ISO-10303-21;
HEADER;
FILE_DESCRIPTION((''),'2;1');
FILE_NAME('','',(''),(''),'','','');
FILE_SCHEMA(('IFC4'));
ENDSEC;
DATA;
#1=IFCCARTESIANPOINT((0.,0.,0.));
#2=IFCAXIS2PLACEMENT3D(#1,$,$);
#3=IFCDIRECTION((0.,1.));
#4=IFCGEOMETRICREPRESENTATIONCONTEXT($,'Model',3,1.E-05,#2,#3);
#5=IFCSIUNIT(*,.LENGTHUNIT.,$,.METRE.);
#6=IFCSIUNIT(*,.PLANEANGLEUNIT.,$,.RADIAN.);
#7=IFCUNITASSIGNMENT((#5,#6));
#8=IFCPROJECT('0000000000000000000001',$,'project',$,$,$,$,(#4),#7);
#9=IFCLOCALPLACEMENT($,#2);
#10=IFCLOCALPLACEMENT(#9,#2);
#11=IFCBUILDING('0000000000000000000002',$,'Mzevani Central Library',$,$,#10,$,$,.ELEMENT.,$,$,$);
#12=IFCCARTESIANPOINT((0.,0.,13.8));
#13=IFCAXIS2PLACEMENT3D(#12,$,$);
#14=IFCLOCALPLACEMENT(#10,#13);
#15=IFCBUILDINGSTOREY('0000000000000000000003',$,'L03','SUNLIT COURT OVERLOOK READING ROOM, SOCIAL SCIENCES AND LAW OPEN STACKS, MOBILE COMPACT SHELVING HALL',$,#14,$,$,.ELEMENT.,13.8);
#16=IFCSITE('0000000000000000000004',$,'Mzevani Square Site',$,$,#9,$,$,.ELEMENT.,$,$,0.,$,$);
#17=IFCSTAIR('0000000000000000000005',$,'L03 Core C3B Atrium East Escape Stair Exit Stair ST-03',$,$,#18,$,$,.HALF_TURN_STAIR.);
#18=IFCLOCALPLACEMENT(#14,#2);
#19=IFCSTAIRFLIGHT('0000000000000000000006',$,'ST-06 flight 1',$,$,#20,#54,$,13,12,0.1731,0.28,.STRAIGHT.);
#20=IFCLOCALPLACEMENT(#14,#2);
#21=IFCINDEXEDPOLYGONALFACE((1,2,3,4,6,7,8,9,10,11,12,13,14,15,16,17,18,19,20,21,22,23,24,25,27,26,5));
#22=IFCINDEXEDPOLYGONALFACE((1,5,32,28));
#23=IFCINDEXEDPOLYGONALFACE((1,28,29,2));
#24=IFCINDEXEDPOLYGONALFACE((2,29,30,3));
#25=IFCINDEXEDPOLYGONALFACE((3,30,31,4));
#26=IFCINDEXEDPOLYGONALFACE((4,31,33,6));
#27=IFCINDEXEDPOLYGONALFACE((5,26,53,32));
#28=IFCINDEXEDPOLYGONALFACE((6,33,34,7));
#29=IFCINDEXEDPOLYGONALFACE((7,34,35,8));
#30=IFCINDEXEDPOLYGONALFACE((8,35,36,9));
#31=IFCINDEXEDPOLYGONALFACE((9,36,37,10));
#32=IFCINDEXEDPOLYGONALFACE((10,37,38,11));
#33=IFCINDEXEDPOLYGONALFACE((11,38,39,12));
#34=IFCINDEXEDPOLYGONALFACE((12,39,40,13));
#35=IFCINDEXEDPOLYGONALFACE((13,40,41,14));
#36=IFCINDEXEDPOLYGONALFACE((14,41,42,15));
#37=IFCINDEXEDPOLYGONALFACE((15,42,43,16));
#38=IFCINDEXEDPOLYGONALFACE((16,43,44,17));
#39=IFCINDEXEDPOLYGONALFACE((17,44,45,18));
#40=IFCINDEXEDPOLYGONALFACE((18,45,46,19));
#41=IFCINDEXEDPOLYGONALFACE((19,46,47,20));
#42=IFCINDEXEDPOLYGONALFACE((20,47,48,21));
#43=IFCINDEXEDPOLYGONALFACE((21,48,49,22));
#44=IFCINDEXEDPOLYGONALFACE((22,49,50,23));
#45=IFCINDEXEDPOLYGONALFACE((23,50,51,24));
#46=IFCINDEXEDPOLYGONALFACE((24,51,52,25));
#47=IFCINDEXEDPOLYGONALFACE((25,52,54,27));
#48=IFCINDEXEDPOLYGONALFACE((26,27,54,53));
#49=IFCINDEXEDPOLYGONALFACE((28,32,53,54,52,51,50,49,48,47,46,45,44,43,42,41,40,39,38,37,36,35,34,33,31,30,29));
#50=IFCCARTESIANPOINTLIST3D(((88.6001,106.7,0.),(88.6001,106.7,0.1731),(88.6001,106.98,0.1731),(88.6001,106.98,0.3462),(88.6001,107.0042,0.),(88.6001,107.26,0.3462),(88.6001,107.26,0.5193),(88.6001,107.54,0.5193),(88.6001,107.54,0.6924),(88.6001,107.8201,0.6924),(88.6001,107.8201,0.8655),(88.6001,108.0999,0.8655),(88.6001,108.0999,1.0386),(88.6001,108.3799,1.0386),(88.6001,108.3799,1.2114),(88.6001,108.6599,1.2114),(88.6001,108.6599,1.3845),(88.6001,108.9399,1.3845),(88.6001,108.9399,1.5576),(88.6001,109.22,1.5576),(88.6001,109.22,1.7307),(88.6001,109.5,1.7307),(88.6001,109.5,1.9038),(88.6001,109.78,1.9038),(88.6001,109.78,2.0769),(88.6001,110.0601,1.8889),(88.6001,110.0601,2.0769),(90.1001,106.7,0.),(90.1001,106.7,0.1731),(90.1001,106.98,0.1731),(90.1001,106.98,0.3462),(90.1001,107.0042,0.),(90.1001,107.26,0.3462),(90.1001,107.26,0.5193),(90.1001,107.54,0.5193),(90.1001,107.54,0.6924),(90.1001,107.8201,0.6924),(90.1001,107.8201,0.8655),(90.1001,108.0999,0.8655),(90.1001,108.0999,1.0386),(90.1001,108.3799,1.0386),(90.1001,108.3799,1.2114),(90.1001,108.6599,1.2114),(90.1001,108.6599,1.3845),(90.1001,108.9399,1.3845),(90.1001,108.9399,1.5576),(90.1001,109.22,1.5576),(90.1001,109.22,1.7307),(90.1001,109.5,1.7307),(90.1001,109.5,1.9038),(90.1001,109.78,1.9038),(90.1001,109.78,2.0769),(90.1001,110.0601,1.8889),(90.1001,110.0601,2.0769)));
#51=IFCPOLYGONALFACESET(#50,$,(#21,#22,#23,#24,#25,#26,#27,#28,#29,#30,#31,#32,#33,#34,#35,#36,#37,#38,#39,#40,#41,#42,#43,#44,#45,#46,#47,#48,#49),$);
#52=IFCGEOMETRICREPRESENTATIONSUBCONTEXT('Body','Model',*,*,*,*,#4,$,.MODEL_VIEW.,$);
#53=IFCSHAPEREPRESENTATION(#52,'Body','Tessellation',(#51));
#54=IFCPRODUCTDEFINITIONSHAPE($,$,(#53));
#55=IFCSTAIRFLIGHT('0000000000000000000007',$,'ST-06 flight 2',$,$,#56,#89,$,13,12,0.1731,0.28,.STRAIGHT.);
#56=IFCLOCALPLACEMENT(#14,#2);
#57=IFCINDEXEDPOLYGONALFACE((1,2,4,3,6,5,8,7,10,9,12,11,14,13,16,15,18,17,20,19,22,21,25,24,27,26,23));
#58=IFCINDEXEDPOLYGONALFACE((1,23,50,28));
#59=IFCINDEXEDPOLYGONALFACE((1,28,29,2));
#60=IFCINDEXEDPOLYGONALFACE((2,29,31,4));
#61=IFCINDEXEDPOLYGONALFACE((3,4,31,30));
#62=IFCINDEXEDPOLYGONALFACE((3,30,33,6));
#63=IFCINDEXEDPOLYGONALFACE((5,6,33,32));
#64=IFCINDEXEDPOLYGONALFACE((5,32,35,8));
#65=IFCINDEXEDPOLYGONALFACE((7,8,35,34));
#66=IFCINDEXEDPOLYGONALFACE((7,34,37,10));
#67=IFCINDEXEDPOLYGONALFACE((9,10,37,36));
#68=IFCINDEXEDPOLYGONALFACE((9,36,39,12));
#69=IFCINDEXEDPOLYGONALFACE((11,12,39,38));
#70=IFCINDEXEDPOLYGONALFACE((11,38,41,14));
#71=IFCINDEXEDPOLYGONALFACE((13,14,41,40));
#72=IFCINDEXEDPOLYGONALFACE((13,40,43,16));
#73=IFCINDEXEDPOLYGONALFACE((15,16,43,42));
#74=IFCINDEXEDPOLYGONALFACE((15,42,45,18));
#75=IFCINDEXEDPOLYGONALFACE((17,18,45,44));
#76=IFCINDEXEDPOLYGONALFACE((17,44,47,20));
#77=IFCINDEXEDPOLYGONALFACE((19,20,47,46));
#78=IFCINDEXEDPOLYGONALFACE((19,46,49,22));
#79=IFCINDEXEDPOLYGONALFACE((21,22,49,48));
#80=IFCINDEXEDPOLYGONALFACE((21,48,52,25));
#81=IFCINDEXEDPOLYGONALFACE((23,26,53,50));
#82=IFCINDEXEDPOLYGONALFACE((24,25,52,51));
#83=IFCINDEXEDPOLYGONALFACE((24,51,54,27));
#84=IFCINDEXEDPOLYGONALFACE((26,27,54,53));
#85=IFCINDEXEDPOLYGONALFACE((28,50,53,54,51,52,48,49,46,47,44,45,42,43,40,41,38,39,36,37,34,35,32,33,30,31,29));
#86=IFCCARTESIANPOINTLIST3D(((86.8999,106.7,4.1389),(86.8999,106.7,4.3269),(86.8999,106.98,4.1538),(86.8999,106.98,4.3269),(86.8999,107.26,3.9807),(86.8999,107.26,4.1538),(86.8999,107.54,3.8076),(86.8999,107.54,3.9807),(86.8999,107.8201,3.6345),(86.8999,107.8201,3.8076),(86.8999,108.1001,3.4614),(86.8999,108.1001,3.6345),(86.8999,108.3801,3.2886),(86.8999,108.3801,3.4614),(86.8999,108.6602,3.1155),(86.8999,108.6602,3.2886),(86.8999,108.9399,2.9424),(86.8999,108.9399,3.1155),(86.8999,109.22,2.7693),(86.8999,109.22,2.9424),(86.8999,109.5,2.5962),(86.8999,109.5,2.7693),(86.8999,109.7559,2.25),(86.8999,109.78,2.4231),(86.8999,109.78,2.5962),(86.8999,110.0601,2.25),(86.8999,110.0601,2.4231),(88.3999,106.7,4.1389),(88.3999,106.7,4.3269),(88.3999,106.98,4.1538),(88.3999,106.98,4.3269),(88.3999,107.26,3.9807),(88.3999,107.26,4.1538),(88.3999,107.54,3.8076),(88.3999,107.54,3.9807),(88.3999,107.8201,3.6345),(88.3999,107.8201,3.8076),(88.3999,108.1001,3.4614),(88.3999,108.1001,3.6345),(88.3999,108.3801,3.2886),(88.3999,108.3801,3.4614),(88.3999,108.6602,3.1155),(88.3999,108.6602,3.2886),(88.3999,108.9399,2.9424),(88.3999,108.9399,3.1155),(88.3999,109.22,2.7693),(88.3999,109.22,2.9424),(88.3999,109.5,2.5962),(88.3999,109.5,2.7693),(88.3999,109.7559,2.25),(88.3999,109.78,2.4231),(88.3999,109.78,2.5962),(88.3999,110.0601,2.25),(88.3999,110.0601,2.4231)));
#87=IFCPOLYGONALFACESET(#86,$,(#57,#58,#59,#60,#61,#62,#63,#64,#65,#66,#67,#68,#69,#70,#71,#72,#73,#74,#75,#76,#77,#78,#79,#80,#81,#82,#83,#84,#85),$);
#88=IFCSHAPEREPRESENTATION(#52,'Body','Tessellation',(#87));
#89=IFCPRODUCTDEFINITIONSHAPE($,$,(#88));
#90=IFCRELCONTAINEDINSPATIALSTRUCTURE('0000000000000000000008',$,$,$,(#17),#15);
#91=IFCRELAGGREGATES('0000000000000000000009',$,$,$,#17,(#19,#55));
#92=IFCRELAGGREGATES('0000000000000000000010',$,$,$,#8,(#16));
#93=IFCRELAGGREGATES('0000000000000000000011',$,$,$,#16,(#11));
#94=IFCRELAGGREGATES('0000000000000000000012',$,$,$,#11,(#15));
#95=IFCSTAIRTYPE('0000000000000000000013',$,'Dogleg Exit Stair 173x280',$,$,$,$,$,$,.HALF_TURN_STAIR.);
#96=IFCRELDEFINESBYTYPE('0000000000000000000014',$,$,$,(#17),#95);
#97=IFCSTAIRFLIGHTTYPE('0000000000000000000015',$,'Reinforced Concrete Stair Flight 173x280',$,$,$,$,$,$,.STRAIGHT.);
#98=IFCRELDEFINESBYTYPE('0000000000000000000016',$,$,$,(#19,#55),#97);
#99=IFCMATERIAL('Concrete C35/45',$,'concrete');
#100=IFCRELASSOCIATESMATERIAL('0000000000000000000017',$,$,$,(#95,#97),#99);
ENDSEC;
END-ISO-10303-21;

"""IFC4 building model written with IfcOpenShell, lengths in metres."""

from ifc_helpers import new_model, si_unit, direction, frame, origin, place, context, subcontext, project, spatial, polyline, outline, extrude, material, type_object, element, aggregate, save


model = new_model("IFC4")

# Units and contexts
model_context = context("Model", 3, precision=1e-05, world=origin(), true_north=direction((0.0, 1.0)))
body_context = subcontext(model_context, "Body", "Model", "MODEL_VIEW")
ifc_project = project(units=[si_unit("LENGTHUNIT", "METRE"), si_unit("PLANEANGLEUNIT", "RADIAN")], contexts=[model_context])

# Site, building, storey
site_placement = place(None, origin())
site = spatial("IfcSite", under=ifc_project, at=site_placement, Name="Mzevani Square Site", CompositionType="ELEMENT", RefElevation=0.0)
building_placement = place(site_placement, origin())
building = spatial("IfcBuilding", under=site, at=building_placement, Name="Mzevani Central Library", CompositionType="ELEMENT")
storey_placement = place(building_placement, frame((0.0, 0.0, 13.8)))
storey = spatial("IfcBuildingStorey", under=building, at=storey_placement, Name="L03", Description="SUNLIT COURT OVERLOOK READING ROOM, SOCIAL SCIENCES AND LAW OPEN STACKS, MOBILE COMPACT SHELVING HALL", CompositionType="ELEMENT", Elevation=13.8)

# Shared definitions
ifc_material_1 = material(Name="Concrete C35/45", Category="concrete")

# Stair, stair flights
stair_type = type_object("IfcStairType", Name="Dogleg Exit Stair 173x280", PredefinedType="HALF_TURN_STAIR", material=ifc_material_1)
stair_placement = place(storey_placement, origin())
stair = element("IfcStair", 1, at=stair_placement, inside=storey, type_object=stair_type, Name="L03 Core C3B Atrium East Escape Stair Exit Stair ST-03", PredefinedType="HALF_TURN_STAIR")
stair_flight_type = type_object("IfcStairFlightType", Name="Reinforced Concrete Stair Flight 173x280", PredefinedType="STRAIGHT", material=ifc_material_1)
stair_flight_1_placement = place(storey_placement, frame((89.3501, 106.7, 0.0), z_axis=(0.0, 0.0, 1.0), x_axis=(0.0, 1.0, 0.0)))
stair_flight_1 = element("IfcStairFlight", 2, at=stair_flight_1_placement, type_object=stair_flight_type, Name="ST-06 flight 1", NumberOfRisers=13, NumberOfTreads=12, PredefinedType="STRAIGHT", RiserHeight=0.1731, TreadLength=0.28, context=body_context, shape_type="SweptSolid", body=[
    extrude(outline(polyline([(0.0, 0.0), (0.0, 0.1731), (0.28, 0.1731), (0.28, 0.3462), (0.5601, 0.3462), (0.5601, 0.5193), (0.8401, 0.5193), (0.8401, 0.6924), (1.1201, 0.6924), (1.1201, 0.8655), (1.3999, 0.8655), (1.3999, 1.0386), (1.6799, 1.0386), (1.6799, 1.2114), (1.96, 1.2114), (1.96, 1.3845), (2.24, 1.3845), (2.24, 1.5576), (2.52, 1.5576), (2.52, 1.7307), (2.8, 1.7307), (2.8, 1.9038), (3.0801, 1.9038), (3.0801, 2.0769), (3.3601, 2.0769), (3.3601, 2.25), (3.3601, 1.8889), (0.3042, 0.0), (0.0, 0.0)])), frame((0.0, 0.75, 0.0), z_axis=(0.0, -1.0, 0.0), x_axis=(1.0, 0.0, 0.0)), (0.0, 0.0, 1.0), 1.5),
])
stair_flight_2_placement = place(storey_placement, frame((87.6499, 110.0601, 2.25), z_axis=(0.0, 0.0, 1.0), x_axis=(0.0, -1.0, 0.0)))
stair_flight_2 = element("IfcStairFlight", 3, at=stair_flight_2_placement, type_object=stair_flight_type, Name="ST-06 flight 2", NumberOfRisers=13, NumberOfTreads=12, PredefinedType="STRAIGHT", RiserHeight=0.1731, TreadLength=0.28, context=body_context, shape_type="SweptSolid", body=[
    extrude(outline(polyline([(0.0, 0.0), (0.0, 0.1731), (0.28, 0.1731), (0.28, 0.3462), (0.5601, 0.3462), (0.5601, 0.5193), (0.8401, 0.5193), (0.8401, 0.6924), (1.1201, 0.6924), (1.1201, 0.8655), (1.3999, 0.8655), (1.3999, 1.0386), (1.6799, 1.0386), (1.6799, 1.2114), (1.96, 1.2114), (1.96, 1.3845), (2.24, 1.3845), (2.24, 1.5576), (2.52, 1.5576), (2.52, 1.7307), (2.8, 1.7307), (2.8, 1.9038), (3.0801, 1.9038), (3.0801, 2.0769), (3.3601, 2.0769), (3.3601, 2.25), (3.3601, 1.8889), (0.3042, 0.0), (0.0, 0.0)])), frame((0.0, 0.75, 0.0), z_axis=(0.0, -1.0, 0.0), x_axis=(1.0, 0.0, 0.0)), (0.0, 0.0, 1.0), 1.5),
])
aggregate(stair, [stair_flight_1, stair_flight_2])

save(model, "model.ifc")
